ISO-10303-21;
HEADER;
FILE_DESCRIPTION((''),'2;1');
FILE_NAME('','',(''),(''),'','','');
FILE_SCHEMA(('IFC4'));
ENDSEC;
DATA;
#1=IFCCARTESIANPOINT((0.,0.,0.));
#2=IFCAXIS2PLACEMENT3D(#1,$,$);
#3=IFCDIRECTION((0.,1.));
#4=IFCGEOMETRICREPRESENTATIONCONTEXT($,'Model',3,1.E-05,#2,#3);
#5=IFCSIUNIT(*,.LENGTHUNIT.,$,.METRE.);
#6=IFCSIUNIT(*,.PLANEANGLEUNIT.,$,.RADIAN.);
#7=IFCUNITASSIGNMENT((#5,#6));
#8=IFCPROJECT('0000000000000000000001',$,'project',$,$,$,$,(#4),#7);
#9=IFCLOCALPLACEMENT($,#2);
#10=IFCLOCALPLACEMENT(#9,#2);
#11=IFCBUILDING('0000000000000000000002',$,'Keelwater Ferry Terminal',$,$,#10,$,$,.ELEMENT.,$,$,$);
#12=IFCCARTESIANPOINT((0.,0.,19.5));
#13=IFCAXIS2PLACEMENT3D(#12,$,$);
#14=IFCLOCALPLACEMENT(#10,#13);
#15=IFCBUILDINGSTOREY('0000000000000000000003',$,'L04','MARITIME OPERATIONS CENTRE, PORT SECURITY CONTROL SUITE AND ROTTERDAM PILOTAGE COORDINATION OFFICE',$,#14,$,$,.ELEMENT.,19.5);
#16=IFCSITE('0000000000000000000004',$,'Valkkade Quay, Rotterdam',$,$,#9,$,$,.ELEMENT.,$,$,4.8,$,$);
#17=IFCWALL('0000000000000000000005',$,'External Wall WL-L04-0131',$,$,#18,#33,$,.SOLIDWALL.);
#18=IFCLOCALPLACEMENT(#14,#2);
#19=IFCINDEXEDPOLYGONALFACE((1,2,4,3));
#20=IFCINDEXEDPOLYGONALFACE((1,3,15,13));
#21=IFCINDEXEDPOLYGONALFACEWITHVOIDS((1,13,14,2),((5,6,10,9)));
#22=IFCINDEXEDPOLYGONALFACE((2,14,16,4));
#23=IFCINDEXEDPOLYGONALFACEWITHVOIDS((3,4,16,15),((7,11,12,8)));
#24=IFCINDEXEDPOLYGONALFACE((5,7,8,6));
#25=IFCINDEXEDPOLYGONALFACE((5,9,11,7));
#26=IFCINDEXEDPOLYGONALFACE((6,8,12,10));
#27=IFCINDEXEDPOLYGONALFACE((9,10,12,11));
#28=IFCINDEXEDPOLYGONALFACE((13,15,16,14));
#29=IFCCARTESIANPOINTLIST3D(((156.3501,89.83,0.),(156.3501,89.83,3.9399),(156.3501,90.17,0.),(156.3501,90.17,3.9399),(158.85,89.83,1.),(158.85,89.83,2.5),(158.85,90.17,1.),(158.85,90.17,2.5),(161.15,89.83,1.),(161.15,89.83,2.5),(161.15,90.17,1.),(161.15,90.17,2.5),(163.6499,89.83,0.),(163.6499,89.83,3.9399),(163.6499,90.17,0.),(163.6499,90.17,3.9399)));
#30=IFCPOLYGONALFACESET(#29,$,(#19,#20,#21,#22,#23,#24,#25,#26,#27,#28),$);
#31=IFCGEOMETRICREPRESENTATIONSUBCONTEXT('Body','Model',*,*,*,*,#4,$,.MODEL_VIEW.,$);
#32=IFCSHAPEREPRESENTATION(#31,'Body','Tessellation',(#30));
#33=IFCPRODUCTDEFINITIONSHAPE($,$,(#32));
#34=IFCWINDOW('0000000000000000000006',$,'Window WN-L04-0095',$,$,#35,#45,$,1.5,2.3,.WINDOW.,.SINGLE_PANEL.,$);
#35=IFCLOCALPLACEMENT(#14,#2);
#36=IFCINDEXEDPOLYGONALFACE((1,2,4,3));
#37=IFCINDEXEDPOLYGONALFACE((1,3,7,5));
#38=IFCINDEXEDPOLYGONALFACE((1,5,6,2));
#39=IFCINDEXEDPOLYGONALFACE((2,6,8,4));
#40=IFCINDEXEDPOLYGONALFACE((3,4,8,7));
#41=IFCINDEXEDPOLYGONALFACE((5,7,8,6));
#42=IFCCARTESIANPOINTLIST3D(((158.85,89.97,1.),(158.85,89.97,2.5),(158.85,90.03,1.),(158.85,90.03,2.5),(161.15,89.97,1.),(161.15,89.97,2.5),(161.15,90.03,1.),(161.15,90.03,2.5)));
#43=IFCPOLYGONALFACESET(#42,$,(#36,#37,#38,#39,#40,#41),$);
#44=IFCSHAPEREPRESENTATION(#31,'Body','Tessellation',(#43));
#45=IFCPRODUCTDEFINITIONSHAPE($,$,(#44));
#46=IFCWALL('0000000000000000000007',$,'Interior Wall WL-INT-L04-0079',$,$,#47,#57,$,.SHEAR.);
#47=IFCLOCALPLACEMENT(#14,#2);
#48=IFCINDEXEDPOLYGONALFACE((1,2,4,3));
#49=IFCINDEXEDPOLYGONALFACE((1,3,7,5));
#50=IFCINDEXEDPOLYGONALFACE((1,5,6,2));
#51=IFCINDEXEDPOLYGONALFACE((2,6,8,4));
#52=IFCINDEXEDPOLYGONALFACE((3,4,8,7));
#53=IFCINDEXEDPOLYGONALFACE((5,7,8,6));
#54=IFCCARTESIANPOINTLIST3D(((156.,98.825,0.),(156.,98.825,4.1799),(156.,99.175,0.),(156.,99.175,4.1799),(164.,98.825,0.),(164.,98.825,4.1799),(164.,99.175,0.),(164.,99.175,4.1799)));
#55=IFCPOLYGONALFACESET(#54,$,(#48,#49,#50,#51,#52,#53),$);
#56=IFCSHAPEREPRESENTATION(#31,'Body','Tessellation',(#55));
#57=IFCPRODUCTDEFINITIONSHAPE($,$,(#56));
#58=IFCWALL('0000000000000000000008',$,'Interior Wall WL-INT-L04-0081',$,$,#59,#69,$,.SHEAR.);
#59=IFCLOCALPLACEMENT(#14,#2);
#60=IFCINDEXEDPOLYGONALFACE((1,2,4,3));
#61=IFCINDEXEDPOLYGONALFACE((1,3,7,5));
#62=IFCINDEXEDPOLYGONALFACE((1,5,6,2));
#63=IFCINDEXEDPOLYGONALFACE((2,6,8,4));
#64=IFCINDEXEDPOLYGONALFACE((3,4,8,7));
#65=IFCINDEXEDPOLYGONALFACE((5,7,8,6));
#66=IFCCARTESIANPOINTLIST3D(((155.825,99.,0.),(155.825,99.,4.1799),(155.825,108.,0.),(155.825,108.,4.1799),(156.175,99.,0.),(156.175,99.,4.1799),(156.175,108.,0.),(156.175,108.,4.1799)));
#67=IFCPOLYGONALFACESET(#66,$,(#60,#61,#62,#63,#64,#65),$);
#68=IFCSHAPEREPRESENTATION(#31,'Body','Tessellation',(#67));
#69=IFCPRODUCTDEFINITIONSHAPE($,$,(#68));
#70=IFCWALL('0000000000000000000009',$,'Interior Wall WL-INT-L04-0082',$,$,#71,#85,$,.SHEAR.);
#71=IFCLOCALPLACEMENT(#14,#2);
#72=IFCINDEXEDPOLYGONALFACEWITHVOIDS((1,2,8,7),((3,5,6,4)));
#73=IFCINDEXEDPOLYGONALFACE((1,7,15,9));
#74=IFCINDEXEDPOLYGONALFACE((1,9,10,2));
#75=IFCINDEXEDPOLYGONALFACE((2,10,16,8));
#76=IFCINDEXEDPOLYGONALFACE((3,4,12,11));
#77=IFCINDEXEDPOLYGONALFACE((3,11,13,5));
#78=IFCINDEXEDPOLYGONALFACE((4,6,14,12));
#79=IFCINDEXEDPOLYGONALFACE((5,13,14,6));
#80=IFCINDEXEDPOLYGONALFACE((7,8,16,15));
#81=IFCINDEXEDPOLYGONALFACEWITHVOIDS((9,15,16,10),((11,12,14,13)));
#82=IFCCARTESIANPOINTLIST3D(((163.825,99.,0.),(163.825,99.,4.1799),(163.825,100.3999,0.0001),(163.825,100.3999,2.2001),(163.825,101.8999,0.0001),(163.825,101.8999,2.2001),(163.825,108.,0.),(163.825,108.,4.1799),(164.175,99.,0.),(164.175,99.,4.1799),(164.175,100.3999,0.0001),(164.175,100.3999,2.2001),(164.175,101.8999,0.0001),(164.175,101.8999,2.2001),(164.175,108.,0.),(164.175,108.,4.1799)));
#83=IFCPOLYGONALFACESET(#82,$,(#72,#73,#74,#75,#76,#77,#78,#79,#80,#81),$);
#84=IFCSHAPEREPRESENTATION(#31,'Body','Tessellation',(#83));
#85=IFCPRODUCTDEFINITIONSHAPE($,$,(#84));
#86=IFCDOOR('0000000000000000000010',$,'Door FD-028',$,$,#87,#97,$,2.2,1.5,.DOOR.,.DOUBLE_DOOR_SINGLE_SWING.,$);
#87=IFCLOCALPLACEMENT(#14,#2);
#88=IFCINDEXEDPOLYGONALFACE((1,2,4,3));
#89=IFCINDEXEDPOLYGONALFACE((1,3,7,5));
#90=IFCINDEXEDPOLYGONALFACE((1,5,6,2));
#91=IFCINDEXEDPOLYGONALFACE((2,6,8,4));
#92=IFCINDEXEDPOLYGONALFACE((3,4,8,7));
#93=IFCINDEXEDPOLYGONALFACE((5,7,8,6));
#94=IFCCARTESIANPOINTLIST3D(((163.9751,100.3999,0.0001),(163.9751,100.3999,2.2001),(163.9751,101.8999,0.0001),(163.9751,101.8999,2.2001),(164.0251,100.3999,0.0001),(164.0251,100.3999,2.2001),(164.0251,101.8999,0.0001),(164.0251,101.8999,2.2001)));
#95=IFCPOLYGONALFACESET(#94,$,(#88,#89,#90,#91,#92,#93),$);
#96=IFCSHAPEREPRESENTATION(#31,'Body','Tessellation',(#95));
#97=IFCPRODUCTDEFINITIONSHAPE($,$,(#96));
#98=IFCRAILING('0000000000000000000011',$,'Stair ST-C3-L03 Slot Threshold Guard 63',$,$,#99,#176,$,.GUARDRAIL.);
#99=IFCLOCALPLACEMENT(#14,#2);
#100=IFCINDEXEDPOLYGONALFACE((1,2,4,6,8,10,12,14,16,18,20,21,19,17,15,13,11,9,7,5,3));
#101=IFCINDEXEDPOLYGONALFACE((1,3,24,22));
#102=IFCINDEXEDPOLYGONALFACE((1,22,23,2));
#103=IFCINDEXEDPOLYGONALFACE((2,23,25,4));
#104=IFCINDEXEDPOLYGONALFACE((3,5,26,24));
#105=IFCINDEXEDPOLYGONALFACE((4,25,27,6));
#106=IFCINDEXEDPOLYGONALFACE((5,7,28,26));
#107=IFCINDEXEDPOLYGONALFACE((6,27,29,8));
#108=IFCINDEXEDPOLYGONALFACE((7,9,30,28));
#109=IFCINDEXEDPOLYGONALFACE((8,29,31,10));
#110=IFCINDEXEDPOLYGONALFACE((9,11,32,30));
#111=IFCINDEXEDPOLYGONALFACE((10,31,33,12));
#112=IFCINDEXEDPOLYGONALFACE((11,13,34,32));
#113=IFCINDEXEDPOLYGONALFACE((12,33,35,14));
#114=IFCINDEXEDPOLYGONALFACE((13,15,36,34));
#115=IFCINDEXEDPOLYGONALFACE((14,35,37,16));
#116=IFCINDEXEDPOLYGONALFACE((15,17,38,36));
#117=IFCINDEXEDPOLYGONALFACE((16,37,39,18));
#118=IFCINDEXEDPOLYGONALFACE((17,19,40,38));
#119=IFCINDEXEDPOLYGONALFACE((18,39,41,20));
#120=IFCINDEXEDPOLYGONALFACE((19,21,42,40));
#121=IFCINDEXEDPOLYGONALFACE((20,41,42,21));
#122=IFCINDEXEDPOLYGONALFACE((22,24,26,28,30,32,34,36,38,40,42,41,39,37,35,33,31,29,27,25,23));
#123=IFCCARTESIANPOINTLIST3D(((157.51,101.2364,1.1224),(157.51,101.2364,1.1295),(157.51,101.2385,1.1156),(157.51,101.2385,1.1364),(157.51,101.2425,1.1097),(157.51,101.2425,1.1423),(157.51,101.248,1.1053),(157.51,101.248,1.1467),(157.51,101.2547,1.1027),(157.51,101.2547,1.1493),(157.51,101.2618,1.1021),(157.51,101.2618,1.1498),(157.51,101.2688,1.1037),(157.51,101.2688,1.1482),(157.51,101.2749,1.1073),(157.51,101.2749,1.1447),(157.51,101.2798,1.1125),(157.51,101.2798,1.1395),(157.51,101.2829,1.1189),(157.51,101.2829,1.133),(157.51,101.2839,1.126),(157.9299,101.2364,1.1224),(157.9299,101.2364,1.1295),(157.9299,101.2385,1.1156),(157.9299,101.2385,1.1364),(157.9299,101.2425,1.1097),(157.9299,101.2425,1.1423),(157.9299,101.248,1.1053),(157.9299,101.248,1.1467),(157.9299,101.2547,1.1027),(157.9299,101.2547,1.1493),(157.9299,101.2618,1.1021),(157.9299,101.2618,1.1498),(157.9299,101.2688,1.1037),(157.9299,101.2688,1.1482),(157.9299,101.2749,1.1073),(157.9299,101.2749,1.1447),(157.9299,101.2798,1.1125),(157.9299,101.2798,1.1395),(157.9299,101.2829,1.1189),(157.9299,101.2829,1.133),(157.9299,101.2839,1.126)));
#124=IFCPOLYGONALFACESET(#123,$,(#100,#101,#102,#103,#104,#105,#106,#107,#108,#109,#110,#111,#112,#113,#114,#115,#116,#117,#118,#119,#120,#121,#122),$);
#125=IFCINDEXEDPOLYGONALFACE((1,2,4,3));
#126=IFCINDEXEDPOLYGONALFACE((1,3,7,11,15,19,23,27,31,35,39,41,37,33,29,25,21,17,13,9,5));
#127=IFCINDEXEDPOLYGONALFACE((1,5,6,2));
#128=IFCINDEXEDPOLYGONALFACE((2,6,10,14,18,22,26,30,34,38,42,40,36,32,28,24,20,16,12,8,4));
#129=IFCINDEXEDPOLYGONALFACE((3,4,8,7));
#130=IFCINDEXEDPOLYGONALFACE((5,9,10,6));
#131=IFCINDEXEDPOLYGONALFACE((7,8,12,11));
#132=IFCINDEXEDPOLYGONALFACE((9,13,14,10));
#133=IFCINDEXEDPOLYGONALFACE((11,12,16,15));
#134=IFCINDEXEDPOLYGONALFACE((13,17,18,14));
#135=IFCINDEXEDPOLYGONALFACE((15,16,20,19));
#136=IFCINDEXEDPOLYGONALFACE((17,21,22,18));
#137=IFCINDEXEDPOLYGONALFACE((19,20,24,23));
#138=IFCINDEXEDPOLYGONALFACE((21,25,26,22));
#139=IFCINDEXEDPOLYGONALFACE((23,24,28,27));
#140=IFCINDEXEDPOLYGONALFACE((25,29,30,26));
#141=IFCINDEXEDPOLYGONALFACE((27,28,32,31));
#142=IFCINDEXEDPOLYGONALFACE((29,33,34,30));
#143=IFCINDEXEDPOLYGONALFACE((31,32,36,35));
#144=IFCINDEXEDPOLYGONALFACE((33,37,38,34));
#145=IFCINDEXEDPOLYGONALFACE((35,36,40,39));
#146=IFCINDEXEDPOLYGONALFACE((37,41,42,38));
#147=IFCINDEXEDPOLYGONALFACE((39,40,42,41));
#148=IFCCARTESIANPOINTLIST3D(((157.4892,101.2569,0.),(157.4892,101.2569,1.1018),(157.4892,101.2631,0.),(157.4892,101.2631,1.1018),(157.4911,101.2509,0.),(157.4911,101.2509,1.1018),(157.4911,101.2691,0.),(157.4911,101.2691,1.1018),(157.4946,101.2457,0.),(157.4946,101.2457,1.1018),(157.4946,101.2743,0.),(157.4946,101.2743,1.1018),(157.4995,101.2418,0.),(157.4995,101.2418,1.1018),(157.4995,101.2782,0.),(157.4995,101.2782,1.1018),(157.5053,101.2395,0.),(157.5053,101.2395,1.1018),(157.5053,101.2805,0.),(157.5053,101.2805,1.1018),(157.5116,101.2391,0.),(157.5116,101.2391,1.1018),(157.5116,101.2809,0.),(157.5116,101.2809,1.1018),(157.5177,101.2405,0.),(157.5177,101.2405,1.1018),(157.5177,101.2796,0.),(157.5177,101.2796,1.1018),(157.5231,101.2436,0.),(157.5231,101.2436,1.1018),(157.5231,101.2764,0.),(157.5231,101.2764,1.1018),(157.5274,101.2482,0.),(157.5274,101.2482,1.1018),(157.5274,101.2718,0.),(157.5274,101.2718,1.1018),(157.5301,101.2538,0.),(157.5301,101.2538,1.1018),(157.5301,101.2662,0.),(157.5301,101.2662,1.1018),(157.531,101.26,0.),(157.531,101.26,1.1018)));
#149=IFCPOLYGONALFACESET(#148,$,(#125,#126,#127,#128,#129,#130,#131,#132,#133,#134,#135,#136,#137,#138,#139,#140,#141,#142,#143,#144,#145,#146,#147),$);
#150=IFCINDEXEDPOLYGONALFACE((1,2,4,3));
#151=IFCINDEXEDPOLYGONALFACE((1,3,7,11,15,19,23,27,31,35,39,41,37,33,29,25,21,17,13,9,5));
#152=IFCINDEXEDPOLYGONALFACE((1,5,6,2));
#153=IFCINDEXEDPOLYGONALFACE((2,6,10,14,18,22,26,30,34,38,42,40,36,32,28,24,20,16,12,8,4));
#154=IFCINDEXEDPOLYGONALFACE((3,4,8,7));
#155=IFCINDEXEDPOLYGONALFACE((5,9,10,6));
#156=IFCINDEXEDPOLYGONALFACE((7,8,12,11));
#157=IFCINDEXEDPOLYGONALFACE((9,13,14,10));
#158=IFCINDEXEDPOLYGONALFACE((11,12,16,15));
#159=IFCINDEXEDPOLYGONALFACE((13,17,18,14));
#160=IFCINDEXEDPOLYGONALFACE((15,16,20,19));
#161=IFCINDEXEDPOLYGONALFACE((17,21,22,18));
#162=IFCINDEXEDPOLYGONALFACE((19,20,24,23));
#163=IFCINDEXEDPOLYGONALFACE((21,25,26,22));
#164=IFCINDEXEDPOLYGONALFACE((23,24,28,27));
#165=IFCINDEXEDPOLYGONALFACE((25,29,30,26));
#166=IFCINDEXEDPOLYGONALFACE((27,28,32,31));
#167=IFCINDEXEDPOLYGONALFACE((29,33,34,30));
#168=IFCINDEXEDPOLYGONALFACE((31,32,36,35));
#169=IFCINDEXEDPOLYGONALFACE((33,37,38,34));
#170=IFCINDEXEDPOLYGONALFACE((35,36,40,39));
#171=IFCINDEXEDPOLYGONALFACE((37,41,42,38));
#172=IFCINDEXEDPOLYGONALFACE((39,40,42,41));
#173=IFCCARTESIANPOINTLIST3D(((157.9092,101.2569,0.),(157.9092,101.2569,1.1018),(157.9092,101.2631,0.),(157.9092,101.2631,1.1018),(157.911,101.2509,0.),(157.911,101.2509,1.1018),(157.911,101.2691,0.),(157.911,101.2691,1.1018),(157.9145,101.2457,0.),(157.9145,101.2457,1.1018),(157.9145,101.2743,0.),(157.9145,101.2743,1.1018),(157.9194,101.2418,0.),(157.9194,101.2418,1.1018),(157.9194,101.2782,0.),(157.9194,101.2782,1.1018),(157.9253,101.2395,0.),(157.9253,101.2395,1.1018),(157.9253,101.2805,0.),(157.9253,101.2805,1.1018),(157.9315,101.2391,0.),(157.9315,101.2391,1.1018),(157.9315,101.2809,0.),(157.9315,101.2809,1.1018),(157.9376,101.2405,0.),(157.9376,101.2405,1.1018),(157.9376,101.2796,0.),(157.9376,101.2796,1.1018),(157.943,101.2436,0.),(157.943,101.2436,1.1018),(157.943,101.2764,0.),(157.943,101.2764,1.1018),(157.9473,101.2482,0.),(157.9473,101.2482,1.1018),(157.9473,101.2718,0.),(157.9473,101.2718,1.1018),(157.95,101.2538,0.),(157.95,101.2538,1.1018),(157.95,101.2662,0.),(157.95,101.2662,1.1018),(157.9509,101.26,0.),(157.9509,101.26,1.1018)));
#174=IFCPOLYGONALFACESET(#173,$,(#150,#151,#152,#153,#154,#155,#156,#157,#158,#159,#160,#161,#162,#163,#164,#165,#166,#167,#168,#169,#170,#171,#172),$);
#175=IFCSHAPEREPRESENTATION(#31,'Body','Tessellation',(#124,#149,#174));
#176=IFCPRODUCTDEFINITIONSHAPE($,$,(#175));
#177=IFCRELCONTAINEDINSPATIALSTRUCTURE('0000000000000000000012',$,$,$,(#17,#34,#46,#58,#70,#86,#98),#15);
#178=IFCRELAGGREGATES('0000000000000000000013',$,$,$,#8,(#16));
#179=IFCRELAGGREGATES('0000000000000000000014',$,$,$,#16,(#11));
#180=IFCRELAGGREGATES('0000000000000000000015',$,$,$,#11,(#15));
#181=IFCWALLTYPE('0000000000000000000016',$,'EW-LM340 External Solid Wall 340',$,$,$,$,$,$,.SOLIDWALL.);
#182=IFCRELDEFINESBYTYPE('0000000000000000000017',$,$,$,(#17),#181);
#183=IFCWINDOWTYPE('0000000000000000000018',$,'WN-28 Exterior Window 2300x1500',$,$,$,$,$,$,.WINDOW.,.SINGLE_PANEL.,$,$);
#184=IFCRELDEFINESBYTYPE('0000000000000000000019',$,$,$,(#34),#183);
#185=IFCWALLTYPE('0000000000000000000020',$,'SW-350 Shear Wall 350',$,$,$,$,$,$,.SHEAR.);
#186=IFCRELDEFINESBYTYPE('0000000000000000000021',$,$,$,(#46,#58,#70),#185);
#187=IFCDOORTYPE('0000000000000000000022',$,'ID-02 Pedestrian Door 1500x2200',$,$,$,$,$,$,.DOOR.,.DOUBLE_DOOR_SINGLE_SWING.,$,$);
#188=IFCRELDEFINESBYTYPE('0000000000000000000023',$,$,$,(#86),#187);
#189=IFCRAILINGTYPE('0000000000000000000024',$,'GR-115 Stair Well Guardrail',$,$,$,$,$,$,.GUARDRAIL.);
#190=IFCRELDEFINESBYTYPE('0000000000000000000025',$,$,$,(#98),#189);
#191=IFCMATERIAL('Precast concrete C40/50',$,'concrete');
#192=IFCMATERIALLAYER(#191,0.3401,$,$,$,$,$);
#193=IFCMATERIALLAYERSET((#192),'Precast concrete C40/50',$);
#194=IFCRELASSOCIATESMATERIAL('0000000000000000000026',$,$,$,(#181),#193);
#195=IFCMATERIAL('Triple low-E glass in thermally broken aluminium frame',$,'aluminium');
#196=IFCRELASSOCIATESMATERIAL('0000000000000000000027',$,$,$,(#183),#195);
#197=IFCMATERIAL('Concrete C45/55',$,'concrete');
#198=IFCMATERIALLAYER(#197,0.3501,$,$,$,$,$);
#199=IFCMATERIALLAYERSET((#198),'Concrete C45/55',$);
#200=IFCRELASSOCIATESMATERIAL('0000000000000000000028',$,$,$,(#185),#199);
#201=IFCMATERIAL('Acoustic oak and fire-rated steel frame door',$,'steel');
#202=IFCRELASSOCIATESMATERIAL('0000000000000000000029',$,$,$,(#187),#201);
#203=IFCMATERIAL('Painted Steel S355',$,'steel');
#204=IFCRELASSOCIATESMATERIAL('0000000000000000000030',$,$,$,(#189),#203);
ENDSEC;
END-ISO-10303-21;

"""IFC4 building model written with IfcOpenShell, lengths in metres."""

from ifc_helpers import new_model, si_unit, direction, frame, frame_2d, origin, origin_2d, place, context, subcontext, project, spatial, rectangle, circle, extrude, material, layer, layer_set, type_object, element, fill, save


model = new_model("IFC4")

# Units and contexts
model_context = context("Model", 3, precision=1e-05, world=origin(), true_north=direction((0.0, 1.0)))
body_context = subcontext(model_context, "Body", "Model", "MODEL_VIEW")
ifc_project = project(units=[si_unit("LENGTHUNIT", "METRE"), si_unit("PLANEANGLEUNIT", "RADIAN")], contexts=[model_context])

# Site, building, storey
site_placement = place(None, origin())
site = spatial("IfcSite", under=ifc_project, at=site_placement, Name="Valkkade Quay, Rotterdam", CompositionType="ELEMENT", RefElevation=4.8)
building_placement = place(site_placement, origin())
building = spatial("IfcBuilding", under=site, at=building_placement, Name="Keelwater Ferry Terminal", CompositionType="ELEMENT")
storey_placement = place(building_placement, frame((0.0, 0.0, 19.5)))
storey = spatial("IfcBuildingStorey", under=building, at=storey_placement, Name="L04", Description="MARITIME OPERATIONS CENTRE, PORT SECURITY CONTROL SUITE AND ROTTERDAM PILOTAGE COORDINATION OFFICE", CompositionType="ELEMENT", Elevation=19.5)

# Wall, opening, window
ifc_material_1 = material(Name="Precast concrete C40/50", Category="concrete")
ifc_layer_1 = layer(ifc_material_1, 0.3401)
ifc_layer_set_1 = layer_set([ifc_layer_1], Name="Precast concrete C40/50")
wall_type_1 = type_object("IfcWallType", Name="EW-LM340 External Solid Wall 340", PredefinedType="SOLIDWALL", material=ifc_layer_set_1)
wall_1_placement = place(storey_placement, frame((163.6499, 90.0, 0.0), z_axis=(0.0, 0.0, 1.0), x_axis=(-1.0, 0.0, 0.0)))
wall_1 = element("IfcWall", 1, at=wall_1_placement, inside=storey, type_object=wall_type_1, Name="External Wall WL-L04-0131", PredefinedType="SOLIDWALL", context=body_context, shape_type="SweptSolid", body=[
    extrude(rectangle(XDim=7.2998, YDim=0.3401, at=frame_2d((3.6499, 0.0))), origin(), (0.0, 0.0, 1.0), 3.9399),
])
opening_1_placement = place(wall_1_placement, frame((2.5, 0.0, 1.0)))
opening_1 = element("IfcOpeningElement", 2, at=opening_1_placement, cuts=wall_1, PredefinedType="OPENING", context=body_context, shape_type="SweptSolid", body=[
    extrude(rectangle(XDim=2.3, YDim=1.5, at=frame_2d((1.1499, 0.75))), frame((0.0, 0.1799, 0.0), z_axis=(0.0, -1.0, 0.0), x_axis=(1.0, 0.0, 0.0)), (0.0, 0.0, 1.0), 0.3601),
])
ifc_material_2 = material(Name="Triple low-E glass in thermally broken aluminium frame", Category="aluminium")
window_type_1 = type_object("IfcWindowType", Name="WN-28 Exterior Window 2300x1500", PartitioningType="SINGLE_PANEL", PredefinedType="WINDOW", material=ifc_material_2)
window_1_placement = place(opening_1_placement, origin())
window_1 = element("IfcWindow", 3, at=window_1_placement, inside=storey, type_object=window_type_1, Name="Window WN-L04-0095", OverallHeight=1.5, OverallWidth=2.3, PartitioningType="SINGLE_PANEL", PredefinedType="WINDOW", context=body_context, shape_type="SweptSolid", body=[
    extrude(rectangle(XDim=2.3, YDim=1.5, at=frame_2d((1.1499, 0.75))), frame((0.0, 0.03, 0.0), z_axis=(0.0, -1.0, 0.0), x_axis=(1.0, 0.0, 0.0)), (0.0, 0.0, 1.0), 0.0601),
])
fill(opening_1, window_1)

# Walls
ifc_material_3 = material(Name="Concrete C45/55", Category="concrete")
ifc_layer_2 = layer(ifc_material_3, 0.3501)
ifc_layer_set_2 = layer_set([ifc_layer_2], Name="Concrete C45/55")
wall_type_2 = type_object("IfcWallType", Name="SW-350 Shear Wall 350", PredefinedType="SHEAR", material=ifc_layer_set_2)
wall_2_placement = place(storey_placement, frame((156.0, 99.0, 0.0), z_axis=(0.0, 0.0, 1.0), x_axis=(1.0, 0.0, 0.0)))
element("IfcWall", 4, at=wall_2_placement, inside=storey, type_object=wall_type_2, Name="Interior Wall WL-INT-L04-0079", PredefinedType="SHEAR", context=body_context, shape_type="SweptSolid", body=[
    extrude(rectangle(XDim=8.0, YDim=0.3501, at=frame_2d((4.0, 0.0))), origin(), (0.0, 0.0, 1.0), 4.1799),
])
wall_3_placement = place(storey_placement, frame((156.0, 99.0, 0.0), z_axis=(0.0, 0.0, 1.0), x_axis=(0.0, 1.0, 0.0)))
element("IfcWall", 5, at=wall_3_placement, inside=storey, type_object=wall_type_2, Name="Interior Wall WL-INT-L04-0081", PredefinedType="SHEAR", context=body_context, shape_type="SweptSolid", body=[
    extrude(rectangle(XDim=9.0, YDim=0.3501, at=frame_2d((4.5, 0.0))), origin(), (0.0, 0.0, 1.0), 4.1799),
])

# Wall, opening, door
wall_4_placement = place(storey_placement, frame((164.0, 99.0, 0.0), z_axis=(0.0, 0.0, 1.0), x_axis=(0.0, 1.0, 0.0)))
wall_4 = element("IfcWall", 6, at=wall_4_placement, inside=storey, type_object=wall_type_2, Name="Interior Wall WL-INT-L04-0082", PredefinedType="SHEAR", context=body_context, shape_type="SweptSolid", body=[
    extrude(rectangle(XDim=9.0, YDim=0.3501, at=frame_2d((4.5, 0.0))), origin(), (0.0, 0.0, 1.0), 4.1799),
])
opening_2_placement = place(wall_4_placement, frame((1.3999, 0.0, 0.0)))
opening_2 = element("IfcOpeningElement", 7, at=opening_2_placement, cuts=wall_4, PredefinedType="OPENING", context=body_context, shape_type="SweptSolid", body=[
    extrude(rectangle(XDim=1.5, YDim=2.2, at=frame_2d((0.75, 1.1001))), frame((0.0, 0.1851, 0.0), z_axis=(0.0, -1.0, 0.0), x_axis=(1.0, 0.0, 0.0)), (0.0, 0.0, 1.0), 0.3701),
])
ifc_material_4 = material(Name="Acoustic oak and fire-rated steel frame door", Category="steel")
door_type = type_object("IfcDoorType", Name="ID-02 Pedestrian Door 1500x2200", OperationType="DOUBLE_DOOR_SINGLE_SWING", PredefinedType="DOOR", material=ifc_material_4)
door_placement = place(opening_2_placement, origin())
door = element("IfcDoor", 8, at=door_placement, inside=storey, type_object=door_type, Name="Door FD-028", OperationType="DOUBLE_DOOR_SINGLE_SWING", OverallHeight=2.2, OverallWidth=1.5, PredefinedType="DOOR", context=body_context, shape_type="SweptSolid", body=[
    extrude(rectangle(XDim=1.5, YDim=2.2, at=frame_2d((0.75, 1.1001))), frame((0.0, 0.0249, 0.0), z_axis=(0.0, -1.0, 0.0), x_axis=(1.0, 0.0, 0.0)), (0.0, 0.0, 1.0), 0.05),
])
fill(opening_2, door)

# Railing
ifc_material_5 = material(Name="Painted Steel S355", Category="steel")
railing_type = type_object("IfcRailingType", Name="GR-115 Stair Well Guardrail", PredefinedType="GUARDRAIL", material=ifc_material_5)
railing_placement = place(storey_placement, frame((157.51, 101.26, 0.0)))
element("IfcRailing", 9, at=railing_placement, inside=storey, type_object=railing_type, Name="Stair ST-C3-L03 Slot Threshold Guard 63", PredefinedType="GUARDRAIL", context=body_context, shape_type="SweptSolid", body=[
    extrude(circle(Radius=0.0239, at=origin_2d()), frame((0.0, 0.0, 1.126), z_axis=(1.0, 0.0, 0.0), x_axis=(0.0, 1.0, 0.0)), (0.0, 0.0, 1.0), 0.4199),
    extrude(circle(Radius=0.021, at=origin_2d()), origin(), (0.0, 0.0, 1.0), 1.1018),
    extrude(circle(Radius=0.021, at=origin_2d()), frame((0.4199, 0.0, 0.0)), (0.0, 0.0, 1.0), 1.1018),
])

save(model, "model.ifc")
